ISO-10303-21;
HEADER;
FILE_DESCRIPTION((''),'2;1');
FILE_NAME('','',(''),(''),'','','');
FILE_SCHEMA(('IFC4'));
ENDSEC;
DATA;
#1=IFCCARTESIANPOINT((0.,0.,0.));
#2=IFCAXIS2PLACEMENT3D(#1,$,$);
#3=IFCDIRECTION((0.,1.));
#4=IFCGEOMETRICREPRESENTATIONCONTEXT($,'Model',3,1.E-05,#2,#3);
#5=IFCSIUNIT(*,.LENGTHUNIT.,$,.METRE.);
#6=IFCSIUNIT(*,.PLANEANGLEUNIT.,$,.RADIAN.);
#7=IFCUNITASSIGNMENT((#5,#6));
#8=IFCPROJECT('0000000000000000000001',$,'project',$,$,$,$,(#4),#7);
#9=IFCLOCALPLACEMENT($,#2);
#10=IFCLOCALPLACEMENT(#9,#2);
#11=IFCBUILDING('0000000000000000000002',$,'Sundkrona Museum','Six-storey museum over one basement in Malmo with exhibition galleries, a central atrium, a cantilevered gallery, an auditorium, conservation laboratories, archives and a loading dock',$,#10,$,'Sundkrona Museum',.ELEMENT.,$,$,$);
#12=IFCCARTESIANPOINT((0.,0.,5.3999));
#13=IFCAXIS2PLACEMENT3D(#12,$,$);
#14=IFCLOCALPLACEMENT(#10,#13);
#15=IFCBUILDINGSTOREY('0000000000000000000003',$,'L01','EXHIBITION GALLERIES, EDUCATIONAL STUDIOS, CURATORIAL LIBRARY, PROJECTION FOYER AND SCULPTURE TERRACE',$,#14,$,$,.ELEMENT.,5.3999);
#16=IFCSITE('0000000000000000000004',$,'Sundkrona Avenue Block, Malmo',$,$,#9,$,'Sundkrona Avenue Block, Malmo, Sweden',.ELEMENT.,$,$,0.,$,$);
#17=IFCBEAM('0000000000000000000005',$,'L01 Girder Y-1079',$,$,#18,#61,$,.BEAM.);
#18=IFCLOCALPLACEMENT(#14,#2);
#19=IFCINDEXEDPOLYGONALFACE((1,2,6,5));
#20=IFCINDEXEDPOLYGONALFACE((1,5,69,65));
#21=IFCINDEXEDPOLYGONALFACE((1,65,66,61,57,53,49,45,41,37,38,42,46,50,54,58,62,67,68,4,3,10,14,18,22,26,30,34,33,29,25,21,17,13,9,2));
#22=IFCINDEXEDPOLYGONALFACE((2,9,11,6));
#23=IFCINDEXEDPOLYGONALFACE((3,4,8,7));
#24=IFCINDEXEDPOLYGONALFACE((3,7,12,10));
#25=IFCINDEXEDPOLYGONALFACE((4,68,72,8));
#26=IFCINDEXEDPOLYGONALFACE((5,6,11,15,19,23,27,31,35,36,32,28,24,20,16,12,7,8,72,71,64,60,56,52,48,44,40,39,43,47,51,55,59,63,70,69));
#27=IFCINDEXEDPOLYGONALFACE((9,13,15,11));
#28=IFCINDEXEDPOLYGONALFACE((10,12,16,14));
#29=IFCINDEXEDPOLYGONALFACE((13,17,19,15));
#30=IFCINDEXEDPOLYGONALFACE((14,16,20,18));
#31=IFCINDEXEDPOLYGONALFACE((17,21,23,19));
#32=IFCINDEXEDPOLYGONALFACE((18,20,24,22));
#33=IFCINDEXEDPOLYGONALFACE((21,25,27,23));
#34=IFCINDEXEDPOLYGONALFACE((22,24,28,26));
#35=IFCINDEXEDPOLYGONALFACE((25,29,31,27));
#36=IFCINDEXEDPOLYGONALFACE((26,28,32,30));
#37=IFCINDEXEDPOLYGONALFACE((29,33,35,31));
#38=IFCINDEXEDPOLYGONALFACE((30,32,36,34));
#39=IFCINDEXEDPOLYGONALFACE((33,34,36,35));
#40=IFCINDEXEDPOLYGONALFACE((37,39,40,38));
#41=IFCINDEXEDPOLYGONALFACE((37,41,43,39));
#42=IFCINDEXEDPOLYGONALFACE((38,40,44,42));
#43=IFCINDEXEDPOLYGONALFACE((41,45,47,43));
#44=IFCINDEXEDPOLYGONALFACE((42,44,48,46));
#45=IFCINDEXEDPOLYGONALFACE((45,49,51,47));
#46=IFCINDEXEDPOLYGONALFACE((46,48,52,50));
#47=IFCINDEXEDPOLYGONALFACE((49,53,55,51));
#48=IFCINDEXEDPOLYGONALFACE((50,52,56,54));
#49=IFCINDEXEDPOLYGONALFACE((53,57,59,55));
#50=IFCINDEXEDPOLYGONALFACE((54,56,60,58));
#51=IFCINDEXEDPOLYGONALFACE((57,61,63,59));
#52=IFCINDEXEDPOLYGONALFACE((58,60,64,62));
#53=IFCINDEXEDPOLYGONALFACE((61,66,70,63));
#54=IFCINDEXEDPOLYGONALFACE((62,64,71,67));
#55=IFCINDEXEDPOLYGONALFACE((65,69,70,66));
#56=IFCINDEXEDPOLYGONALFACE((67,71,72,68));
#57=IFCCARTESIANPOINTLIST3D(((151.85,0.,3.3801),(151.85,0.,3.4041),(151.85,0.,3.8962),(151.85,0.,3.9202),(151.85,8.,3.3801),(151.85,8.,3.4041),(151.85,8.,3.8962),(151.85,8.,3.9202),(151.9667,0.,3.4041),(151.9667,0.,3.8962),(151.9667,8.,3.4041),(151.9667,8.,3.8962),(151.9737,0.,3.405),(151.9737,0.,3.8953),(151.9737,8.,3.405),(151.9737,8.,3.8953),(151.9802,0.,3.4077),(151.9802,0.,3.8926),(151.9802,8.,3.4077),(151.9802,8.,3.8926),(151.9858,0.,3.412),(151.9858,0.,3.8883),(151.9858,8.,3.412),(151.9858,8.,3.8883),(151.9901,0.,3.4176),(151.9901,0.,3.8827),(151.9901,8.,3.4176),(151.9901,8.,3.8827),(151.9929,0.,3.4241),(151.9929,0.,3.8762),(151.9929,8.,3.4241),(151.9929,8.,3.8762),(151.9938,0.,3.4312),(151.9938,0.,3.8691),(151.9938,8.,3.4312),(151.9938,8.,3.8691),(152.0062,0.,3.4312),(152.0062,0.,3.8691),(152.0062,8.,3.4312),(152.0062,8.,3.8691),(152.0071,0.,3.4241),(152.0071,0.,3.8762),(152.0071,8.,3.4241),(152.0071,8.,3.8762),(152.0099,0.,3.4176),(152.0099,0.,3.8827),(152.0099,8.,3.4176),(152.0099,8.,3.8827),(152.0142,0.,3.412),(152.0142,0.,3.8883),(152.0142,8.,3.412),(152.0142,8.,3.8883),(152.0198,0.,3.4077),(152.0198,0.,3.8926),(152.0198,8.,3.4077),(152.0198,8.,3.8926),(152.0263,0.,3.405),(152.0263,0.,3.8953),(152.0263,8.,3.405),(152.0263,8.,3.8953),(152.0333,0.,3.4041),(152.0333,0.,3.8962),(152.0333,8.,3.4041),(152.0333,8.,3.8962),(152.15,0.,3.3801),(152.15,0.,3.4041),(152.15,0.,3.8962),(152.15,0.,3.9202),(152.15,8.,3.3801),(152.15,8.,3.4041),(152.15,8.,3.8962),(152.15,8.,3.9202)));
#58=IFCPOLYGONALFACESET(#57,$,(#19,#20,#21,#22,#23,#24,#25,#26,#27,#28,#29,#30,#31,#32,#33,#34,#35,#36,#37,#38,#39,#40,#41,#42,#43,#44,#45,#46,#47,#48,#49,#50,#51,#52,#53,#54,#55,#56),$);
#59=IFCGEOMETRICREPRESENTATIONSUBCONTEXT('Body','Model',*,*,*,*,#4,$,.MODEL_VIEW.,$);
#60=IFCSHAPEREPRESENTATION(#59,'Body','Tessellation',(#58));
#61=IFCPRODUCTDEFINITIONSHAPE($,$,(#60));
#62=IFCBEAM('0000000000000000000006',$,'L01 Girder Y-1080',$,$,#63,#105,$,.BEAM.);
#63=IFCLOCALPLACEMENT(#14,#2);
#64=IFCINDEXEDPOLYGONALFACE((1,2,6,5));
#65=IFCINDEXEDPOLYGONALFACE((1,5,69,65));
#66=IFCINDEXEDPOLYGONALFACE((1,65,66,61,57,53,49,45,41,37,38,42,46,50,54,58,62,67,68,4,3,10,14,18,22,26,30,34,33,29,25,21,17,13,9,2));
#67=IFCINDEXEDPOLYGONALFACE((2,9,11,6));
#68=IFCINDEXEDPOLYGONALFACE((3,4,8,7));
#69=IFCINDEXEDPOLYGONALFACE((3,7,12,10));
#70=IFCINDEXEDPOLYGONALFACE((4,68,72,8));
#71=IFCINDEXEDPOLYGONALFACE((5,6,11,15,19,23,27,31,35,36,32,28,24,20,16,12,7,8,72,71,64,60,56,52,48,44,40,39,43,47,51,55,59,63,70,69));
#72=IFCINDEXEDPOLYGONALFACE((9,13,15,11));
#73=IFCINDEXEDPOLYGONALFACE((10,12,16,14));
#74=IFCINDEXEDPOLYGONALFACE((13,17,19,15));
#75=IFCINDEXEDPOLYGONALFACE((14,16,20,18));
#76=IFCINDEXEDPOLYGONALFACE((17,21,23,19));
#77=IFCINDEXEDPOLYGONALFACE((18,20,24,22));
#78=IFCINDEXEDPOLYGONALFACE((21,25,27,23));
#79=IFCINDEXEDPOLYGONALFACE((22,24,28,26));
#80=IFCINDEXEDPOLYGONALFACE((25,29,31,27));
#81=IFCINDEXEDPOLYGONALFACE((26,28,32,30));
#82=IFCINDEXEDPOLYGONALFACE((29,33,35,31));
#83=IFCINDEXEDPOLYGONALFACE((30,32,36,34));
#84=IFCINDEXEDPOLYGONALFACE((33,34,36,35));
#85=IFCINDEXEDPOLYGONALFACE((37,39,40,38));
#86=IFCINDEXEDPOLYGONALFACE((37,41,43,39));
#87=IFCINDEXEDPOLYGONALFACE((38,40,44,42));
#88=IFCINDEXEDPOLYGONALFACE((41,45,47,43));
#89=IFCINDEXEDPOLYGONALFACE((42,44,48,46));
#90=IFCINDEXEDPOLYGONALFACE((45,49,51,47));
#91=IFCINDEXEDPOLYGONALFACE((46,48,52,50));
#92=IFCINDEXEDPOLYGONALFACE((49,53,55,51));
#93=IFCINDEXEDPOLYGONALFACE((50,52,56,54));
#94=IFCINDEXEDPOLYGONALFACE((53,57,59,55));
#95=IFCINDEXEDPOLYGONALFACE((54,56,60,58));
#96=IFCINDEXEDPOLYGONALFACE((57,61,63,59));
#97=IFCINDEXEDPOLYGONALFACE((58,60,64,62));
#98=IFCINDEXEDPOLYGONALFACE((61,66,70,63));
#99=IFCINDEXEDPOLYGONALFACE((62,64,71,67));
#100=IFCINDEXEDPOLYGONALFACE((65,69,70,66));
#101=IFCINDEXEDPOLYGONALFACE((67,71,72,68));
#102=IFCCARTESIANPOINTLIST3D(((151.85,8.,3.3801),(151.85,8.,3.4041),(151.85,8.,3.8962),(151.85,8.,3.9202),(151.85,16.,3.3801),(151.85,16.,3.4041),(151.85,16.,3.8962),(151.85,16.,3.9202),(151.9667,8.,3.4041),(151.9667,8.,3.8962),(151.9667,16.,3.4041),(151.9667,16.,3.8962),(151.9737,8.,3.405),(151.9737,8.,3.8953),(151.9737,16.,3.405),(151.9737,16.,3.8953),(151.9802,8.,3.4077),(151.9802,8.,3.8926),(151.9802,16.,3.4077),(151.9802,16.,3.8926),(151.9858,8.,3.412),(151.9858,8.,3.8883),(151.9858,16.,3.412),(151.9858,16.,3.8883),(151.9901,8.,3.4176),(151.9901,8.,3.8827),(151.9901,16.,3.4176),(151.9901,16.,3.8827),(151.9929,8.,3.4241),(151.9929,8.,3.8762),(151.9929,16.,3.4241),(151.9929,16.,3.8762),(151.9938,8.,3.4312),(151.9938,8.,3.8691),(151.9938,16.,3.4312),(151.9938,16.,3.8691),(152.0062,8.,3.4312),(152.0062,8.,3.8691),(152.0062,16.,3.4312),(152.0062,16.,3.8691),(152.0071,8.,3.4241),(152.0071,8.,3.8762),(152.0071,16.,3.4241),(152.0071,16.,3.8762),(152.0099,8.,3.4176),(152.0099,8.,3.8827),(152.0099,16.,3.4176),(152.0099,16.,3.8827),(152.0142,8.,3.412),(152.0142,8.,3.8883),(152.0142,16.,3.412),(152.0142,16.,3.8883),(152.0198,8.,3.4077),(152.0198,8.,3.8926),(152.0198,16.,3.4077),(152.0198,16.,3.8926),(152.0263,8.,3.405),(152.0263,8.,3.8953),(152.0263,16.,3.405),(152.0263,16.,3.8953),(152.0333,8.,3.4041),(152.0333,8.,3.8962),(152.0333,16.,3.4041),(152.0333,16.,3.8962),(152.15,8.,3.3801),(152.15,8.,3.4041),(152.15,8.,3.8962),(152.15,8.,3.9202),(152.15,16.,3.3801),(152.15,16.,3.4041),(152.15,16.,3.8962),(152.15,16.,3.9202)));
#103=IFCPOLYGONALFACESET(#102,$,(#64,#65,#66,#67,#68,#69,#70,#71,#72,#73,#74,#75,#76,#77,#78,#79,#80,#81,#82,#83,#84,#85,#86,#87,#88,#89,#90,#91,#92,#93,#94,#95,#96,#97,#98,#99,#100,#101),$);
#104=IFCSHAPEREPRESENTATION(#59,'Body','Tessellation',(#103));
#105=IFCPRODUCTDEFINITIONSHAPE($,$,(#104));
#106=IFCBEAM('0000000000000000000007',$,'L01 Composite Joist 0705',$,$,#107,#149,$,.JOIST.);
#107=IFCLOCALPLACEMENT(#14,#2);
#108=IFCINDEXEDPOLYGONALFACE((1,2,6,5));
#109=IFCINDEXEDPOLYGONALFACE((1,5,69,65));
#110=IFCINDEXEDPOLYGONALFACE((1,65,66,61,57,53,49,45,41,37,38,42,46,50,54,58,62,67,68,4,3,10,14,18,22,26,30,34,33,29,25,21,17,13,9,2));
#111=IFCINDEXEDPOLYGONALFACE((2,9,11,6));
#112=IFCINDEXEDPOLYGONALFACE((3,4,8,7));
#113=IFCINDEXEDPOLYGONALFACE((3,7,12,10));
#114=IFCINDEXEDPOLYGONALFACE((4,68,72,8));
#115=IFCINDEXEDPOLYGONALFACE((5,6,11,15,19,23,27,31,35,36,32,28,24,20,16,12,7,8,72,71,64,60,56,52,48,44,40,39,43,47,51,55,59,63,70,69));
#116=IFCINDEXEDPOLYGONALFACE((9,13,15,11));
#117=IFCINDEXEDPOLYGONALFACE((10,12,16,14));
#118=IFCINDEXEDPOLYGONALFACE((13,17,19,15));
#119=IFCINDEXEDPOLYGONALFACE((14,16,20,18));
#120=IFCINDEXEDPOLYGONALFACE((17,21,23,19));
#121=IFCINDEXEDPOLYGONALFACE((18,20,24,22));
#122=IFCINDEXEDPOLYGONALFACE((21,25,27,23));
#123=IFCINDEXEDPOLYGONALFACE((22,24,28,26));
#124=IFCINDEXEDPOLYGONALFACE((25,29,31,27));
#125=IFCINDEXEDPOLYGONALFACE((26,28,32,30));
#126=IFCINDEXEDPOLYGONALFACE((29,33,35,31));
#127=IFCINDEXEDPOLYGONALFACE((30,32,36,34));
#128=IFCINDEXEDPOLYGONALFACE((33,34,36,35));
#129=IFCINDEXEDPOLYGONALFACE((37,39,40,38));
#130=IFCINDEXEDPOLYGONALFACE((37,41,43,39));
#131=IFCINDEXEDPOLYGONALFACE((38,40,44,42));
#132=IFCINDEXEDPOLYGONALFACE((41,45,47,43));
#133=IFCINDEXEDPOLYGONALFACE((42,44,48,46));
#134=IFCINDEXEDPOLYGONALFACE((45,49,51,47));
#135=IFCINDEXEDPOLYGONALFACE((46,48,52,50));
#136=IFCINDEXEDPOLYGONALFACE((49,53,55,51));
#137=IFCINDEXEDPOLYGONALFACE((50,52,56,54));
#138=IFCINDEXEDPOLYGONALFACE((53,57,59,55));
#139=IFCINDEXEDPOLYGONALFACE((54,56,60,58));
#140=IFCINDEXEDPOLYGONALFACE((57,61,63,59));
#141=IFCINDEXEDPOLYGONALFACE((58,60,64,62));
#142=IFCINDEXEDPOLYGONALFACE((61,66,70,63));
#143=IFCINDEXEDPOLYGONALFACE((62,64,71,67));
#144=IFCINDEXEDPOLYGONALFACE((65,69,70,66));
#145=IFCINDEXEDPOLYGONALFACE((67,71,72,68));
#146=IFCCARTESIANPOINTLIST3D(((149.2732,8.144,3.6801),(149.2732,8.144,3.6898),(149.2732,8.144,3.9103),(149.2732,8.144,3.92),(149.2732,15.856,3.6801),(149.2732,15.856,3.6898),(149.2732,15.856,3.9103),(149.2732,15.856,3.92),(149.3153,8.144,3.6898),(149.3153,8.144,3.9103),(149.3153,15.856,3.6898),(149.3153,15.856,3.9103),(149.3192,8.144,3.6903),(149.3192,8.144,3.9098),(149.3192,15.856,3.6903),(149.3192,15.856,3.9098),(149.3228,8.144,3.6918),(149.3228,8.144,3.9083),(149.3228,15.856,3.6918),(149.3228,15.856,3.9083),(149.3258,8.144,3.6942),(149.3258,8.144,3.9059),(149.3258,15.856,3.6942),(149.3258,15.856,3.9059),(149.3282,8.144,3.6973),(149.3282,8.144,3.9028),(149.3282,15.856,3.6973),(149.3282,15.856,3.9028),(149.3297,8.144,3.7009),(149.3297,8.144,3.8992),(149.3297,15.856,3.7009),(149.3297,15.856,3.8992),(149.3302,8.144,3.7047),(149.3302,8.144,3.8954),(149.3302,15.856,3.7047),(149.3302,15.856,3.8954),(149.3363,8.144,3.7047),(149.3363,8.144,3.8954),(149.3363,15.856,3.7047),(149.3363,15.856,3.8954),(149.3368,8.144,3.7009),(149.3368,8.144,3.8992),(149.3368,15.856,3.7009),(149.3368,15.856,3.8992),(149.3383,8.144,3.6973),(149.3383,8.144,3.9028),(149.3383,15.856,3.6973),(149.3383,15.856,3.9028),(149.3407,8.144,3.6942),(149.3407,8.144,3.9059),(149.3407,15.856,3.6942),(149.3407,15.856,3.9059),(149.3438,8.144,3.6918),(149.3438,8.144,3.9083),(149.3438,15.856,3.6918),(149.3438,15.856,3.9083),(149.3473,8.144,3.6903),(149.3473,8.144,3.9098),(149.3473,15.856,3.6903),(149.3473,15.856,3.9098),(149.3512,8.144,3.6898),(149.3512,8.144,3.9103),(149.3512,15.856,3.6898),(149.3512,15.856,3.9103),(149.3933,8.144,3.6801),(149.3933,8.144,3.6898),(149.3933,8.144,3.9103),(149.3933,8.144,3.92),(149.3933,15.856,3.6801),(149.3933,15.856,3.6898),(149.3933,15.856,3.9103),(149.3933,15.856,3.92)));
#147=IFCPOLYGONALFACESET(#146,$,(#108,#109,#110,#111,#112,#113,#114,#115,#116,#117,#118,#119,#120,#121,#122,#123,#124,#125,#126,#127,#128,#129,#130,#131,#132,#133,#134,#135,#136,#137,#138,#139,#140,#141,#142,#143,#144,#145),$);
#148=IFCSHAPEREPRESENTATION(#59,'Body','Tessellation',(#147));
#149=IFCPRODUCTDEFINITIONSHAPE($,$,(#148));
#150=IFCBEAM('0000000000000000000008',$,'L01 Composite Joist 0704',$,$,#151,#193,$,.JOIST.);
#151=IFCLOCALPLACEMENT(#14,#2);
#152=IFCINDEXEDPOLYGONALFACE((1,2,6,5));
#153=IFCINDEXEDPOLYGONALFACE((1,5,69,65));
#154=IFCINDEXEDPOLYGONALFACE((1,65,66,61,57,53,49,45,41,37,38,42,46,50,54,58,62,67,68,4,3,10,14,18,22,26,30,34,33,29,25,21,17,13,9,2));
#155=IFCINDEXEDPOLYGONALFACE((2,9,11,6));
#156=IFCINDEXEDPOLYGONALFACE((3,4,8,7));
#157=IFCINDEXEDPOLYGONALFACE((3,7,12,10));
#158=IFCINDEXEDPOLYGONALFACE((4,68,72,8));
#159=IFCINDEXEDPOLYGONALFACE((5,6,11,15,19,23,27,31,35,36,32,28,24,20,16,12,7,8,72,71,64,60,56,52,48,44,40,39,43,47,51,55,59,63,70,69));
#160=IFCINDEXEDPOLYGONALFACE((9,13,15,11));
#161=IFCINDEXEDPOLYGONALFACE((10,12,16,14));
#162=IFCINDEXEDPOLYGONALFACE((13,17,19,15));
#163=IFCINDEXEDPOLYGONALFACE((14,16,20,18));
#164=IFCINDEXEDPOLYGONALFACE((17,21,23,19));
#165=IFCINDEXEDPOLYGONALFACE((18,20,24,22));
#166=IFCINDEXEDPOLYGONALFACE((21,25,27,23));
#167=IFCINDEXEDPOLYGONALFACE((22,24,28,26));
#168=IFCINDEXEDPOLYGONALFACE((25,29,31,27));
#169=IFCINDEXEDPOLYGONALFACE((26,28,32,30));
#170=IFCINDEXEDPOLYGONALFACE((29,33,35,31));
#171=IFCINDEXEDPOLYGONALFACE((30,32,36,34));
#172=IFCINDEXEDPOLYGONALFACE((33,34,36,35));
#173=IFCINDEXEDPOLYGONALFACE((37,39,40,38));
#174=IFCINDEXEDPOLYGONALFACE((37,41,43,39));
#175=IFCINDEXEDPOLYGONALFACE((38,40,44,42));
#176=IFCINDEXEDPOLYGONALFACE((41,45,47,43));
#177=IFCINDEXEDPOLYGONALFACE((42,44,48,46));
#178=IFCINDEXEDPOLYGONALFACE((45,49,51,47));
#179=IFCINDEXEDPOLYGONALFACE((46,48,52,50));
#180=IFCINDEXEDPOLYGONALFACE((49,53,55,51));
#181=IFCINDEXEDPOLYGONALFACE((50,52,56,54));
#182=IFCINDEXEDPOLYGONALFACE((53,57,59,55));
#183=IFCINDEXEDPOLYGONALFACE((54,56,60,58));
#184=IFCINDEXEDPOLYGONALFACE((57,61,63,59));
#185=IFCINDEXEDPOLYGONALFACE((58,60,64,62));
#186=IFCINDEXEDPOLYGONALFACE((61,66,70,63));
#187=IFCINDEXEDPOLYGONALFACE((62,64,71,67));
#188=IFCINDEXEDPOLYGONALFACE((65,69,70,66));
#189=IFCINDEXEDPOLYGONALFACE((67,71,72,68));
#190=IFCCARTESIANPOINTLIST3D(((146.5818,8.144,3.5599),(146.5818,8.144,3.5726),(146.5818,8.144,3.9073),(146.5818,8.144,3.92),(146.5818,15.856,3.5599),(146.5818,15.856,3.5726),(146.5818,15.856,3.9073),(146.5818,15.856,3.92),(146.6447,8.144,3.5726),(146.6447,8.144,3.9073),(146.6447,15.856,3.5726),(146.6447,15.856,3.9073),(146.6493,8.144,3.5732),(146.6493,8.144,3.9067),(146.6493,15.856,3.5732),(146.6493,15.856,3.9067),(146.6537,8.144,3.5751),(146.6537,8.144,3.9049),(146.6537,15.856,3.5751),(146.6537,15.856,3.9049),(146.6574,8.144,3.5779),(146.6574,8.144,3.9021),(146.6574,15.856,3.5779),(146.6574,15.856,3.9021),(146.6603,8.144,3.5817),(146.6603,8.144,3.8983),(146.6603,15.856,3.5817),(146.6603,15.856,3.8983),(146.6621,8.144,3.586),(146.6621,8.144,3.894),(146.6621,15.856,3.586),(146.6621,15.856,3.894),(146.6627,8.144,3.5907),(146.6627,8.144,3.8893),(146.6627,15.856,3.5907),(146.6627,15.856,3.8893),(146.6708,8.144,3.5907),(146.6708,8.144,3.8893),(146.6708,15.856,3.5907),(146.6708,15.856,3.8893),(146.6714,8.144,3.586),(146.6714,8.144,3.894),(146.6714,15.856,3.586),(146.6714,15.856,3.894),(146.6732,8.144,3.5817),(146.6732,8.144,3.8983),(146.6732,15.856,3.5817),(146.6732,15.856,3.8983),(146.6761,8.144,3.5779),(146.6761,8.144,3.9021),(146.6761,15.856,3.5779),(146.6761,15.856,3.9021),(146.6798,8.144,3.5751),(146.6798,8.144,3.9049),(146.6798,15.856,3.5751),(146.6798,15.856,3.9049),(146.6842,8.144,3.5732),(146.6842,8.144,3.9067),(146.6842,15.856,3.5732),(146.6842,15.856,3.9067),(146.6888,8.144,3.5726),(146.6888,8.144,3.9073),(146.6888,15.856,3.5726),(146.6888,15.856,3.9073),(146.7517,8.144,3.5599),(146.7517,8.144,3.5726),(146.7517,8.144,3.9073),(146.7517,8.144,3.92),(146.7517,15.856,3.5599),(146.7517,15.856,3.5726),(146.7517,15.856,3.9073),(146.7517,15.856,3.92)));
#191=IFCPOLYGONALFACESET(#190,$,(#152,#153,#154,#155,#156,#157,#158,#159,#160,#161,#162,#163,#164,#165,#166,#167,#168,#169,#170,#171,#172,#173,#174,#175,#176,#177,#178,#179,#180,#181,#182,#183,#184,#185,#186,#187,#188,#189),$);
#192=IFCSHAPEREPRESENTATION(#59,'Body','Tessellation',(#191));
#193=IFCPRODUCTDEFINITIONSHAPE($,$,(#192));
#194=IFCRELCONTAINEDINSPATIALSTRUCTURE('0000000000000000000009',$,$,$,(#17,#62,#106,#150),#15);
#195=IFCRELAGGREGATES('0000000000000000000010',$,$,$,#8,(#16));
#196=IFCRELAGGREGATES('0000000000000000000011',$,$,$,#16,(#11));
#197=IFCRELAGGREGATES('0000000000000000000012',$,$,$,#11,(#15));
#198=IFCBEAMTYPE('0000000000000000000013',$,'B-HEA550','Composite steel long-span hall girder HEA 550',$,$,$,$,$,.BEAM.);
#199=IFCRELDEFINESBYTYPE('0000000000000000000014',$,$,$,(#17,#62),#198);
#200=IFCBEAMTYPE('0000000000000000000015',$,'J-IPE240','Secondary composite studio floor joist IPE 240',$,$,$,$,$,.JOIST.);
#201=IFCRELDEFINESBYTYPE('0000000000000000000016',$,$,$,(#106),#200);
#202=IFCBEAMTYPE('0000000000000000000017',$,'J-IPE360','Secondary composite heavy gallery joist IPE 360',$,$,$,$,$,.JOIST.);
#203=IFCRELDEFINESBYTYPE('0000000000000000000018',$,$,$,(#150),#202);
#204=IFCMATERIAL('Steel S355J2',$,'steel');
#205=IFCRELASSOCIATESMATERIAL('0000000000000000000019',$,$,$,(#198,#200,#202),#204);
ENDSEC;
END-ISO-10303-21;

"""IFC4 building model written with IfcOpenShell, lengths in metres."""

from ifc_helpers import new_model, si_unit, direction, frame, origin, origin_2d, place, context, subcontext, project, spatial, i_section, extrude, material, material_profile, profile_set, type_object, element, save


model = new_model("IFC4")

# Units and contexts
model_context = context("Model", 3, precision=1e-05, world=origin(), true_north=direction((0.0, 1.0)))
body_context = subcontext(model_context, "Body", "Model", "MODEL_VIEW")
ifc_project = project(units=[si_unit("LENGTHUNIT", "METRE"), si_unit("PLANEANGLEUNIT", "RADIAN")], contexts=[model_context])

# Site, building, storey
site_placement = place(None, origin())
site = spatial("IfcSite", under=ifc_project, at=site_placement, Name="Sundkrona Avenue Block, Malmo", LongName="Sundkrona Avenue Block, Malmo, Sweden", CompositionType="ELEMENT", RefElevation=0.0)
building_placement = place(site_placement, origin())
building = spatial("IfcBuilding", under=site, at=building_placement, Name="Sundkrona Museum", Description="Six-storey museum over one basement in Malmo with exhibition galleries, a central atrium, a cantilevered gallery, an auditorium, conservation laboratories, archives and a loading dock", LongName="Sundkrona Museum", CompositionType="ELEMENT")
storey_placement = place(building_placement, frame((0.0, 0.0, 5.3999)))
storey = spatial("IfcBuildingStorey", under=building, at=storey_placement, Name="L01", Description="EXHIBITION GALLERIES, EDUCATIONAL STUDIOS, CURATORIAL LIBRARY, PROJECTION FOYER AND SCULPTURE TERRACE", CompositionType="ELEMENT", Elevation=5.3999)

# Shared definitions
ifc_material_1 = material(Name="Steel S355J2", Category="steel")

# Beams
ifc_material_profile_1 = material_profile(ifc_material_1, i_section(OverallWidth=0.3, OverallDepth=0.54, WebThickness=0.0125, FlangeThickness=0.0239, FilletRadius=0.0271, at=origin_2d()), Name="HEA 550")
ifc_profile_set_1 = profile_set([ifc_material_profile_1], Name="Steel S355J2")
beam_type_1 = type_object("IfcBeamType", Name="B-HEA550", Description="Composite steel long-span hall girder HEA 550", PredefinedType="BEAM", material=ifc_profile_set_1)
for number, where, z_axis, x_axis, name in (
    (1, (152.0, 0.0, 3.6501), (0.0, 1.0, 0.0), (-1.0, 0.0, 0.0), "L01 Girder Y-1079"),
    (2, (152.0, 8.0, 3.6501), (0.0, 1.0, 0.0), (-1.0, 0.0, 0.0), "L01 Girder Y-1080"),
):
    element("IfcBeam", number, at=place(storey_placement, frame(where, z_axis=z_axis, x_axis=x_axis)), inside=storey, type_object=beam_type_1, Name=name, PredefinedType="BEAM", context=body_context, shape_type="SweptSolid", body=[
        extrude(i_section(OverallWidth=0.3, OverallDepth=0.54, WebThickness=0.0125, FlangeThickness=0.0239, FilletRadius=0.0271, at=origin_2d()), origin(), (0.0, 0.0, 1.0), 8.0),
    ])
ifc_material_profile_2 = material_profile(ifc_material_1, i_section(OverallWidth=0.1201, OverallDepth=0.24, WebThickness=0.0061, FlangeThickness=0.0098, FilletRadius=0.0149, at=origin_2d()), Name="IPE 240")
ifc_profile_set_2 = profile_set([ifc_material_profile_2], Name="Steel S355J2")
beam_type_2 = type_object("IfcBeamType", Name="J-IPE240", Description="Secondary composite studio floor joist IPE 240", PredefinedType="JOIST", material=ifc_profile_set_2)
beam_1_placement = place(storey_placement, frame((149.3333, 8.144, 3.8), z_axis=(0.0, 1.0, 0.0), x_axis=(-1.0, 0.0, 0.0)))
element("IfcBeam", 3, at=beam_1_placement, inside=storey, type_object=beam_type_2, Name="L01 Composite Joist 0705", PredefinedType="JOIST", context=body_context, shape_type="SweptSolid", body=[
    extrude(i_section(OverallWidth=0.1201, OverallDepth=0.24, WebThickness=0.0061, FlangeThickness=0.0098, FilletRadius=0.0149, at=origin_2d()), origin(), (0.0, 0.0, 1.0), 7.7119),
])
ifc_material_profile_3 = material_profile(ifc_material_1, i_section(OverallWidth=0.1699, OverallDepth=0.3601, WebThickness=0.0081, FlangeThickness=0.0127, FilletRadius=0.0181, at=origin_2d()), Name="IPE 360")
ifc_profile_set_3 = profile_set([ifc_material_profile_3], Name="Steel S355J2")
beam_type_3 = type_object("IfcBeamType", Name="J-IPE360", Description="Secondary composite heavy gallery joist IPE 360", PredefinedType="JOIST", material=ifc_profile_set_3)
beam_2_placement = place(storey_placement, frame((146.6667, 8.144, 3.74), z_axis=(0.0, 1.0, 0.0), x_axis=(-1.0, 0.0, 0.0)))
element("IfcBeam", 4, at=beam_2_placement, inside=storey, type_object=beam_type_3, Name="L01 Composite Joist 0704", PredefinedType="JOIST", context=body_context, shape_type="SweptSolid", body=[
    extrude(i_section(OverallWidth=0.1699, OverallDepth=0.3601, WebThickness=0.0081, FlangeThickness=0.0127, FilletRadius=0.0181, at=origin_2d()), origin(), (0.0, 0.0, 1.0), 7.7119),
])

save(model, "model.ifc")
